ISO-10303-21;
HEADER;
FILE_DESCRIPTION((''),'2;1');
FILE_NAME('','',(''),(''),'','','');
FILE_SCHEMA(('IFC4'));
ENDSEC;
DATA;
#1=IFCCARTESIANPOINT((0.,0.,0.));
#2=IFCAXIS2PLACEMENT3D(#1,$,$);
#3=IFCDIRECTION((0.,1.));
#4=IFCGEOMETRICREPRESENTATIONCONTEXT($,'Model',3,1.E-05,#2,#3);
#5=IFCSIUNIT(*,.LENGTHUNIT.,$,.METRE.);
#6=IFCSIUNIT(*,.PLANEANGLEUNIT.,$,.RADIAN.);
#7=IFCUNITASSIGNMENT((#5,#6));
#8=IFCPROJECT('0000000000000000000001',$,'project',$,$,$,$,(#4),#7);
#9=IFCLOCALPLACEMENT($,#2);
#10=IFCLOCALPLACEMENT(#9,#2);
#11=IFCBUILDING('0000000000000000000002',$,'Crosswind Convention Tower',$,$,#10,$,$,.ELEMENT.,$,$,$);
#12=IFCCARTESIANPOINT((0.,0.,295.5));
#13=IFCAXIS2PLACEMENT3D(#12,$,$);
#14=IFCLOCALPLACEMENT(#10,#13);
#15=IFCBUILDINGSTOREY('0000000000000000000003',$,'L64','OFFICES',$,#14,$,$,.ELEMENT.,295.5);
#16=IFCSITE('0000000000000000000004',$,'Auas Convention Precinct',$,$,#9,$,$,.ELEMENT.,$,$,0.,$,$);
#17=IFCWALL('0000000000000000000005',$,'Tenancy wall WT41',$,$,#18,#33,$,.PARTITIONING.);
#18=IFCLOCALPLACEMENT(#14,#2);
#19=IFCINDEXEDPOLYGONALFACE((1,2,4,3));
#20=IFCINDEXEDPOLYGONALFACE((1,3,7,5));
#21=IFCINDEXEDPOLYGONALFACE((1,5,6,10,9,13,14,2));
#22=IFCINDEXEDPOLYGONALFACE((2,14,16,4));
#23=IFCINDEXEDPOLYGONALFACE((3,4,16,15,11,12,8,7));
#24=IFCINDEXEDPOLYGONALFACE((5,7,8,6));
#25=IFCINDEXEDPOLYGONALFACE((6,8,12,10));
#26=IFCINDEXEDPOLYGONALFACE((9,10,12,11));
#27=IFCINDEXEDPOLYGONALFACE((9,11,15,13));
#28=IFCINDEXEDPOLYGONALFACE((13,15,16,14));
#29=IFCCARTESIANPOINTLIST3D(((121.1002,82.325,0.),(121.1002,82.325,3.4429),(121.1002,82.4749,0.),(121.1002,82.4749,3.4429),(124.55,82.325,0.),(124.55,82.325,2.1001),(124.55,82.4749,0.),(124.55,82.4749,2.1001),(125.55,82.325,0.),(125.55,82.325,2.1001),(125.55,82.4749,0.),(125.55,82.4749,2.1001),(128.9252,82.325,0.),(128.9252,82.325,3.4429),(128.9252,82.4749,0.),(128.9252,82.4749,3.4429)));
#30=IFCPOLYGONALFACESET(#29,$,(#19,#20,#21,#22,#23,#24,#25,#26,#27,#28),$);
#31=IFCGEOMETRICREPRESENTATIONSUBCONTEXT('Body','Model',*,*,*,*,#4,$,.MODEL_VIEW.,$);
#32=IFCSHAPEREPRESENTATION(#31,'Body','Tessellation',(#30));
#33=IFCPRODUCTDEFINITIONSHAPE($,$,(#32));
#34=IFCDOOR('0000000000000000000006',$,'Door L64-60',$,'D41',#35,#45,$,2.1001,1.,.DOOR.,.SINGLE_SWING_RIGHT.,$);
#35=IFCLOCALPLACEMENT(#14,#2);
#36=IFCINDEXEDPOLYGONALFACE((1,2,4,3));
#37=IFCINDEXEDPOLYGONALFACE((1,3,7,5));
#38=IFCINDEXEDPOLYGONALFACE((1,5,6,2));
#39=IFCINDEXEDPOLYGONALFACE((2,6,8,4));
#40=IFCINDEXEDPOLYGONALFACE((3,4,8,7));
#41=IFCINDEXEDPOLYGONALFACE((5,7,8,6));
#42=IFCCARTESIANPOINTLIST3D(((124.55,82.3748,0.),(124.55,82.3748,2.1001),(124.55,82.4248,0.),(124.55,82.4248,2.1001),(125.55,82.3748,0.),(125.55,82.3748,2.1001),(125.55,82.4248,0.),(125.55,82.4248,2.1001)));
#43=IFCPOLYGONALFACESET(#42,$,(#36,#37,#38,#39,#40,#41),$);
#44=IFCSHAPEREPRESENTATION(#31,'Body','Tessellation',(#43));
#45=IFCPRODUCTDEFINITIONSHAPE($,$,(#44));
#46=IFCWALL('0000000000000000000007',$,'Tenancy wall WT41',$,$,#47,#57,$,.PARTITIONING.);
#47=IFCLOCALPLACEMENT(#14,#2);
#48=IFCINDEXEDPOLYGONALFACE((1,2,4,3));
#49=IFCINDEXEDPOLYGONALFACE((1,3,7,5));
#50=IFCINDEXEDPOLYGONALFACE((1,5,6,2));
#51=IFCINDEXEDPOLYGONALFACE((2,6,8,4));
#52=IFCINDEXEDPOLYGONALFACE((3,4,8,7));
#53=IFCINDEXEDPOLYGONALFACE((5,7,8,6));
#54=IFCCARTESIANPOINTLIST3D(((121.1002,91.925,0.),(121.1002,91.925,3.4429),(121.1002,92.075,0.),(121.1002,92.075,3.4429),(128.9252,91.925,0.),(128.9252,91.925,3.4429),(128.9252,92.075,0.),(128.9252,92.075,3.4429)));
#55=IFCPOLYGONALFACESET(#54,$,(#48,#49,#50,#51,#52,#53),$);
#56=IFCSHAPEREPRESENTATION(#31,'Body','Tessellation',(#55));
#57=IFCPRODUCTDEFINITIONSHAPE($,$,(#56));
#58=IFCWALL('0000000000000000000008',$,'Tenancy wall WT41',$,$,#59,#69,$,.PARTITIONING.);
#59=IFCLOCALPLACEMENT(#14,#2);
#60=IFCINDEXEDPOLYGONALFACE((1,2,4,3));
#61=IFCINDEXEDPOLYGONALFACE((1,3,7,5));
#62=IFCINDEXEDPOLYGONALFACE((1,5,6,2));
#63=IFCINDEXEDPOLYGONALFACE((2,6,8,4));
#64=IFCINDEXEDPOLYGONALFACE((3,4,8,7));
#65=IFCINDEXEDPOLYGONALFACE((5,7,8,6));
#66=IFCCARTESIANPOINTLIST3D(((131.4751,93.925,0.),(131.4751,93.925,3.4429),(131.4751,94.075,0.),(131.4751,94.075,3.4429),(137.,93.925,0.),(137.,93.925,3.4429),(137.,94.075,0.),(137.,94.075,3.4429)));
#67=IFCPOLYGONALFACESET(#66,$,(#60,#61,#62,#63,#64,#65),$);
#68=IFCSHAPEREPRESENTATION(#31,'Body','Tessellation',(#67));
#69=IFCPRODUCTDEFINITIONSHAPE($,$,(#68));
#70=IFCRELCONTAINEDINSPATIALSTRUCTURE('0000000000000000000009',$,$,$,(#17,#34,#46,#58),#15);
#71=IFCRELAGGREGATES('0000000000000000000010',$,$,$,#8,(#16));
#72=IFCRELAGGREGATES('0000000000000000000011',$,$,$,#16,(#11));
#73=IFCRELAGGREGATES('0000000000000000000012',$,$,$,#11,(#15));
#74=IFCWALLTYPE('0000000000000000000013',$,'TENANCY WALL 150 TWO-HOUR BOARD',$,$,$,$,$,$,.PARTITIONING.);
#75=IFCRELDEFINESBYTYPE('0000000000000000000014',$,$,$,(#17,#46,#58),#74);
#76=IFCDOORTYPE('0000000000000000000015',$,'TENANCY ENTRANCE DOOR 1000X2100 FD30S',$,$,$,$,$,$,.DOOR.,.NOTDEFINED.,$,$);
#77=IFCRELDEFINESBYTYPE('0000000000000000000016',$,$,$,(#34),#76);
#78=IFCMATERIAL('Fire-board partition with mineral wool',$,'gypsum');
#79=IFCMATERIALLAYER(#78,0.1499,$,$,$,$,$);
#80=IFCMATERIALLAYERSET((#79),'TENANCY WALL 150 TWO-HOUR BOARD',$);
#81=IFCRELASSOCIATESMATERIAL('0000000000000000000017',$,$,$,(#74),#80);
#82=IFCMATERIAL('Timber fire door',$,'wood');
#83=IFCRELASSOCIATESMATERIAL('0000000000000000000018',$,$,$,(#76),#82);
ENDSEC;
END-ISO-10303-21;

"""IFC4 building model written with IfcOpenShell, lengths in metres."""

from ifc_helpers import new_model, si_unit, direction, frame, frame_2d, origin, place, context, subcontext, project, spatial, rectangle, extrude, material, layer, layer_set, type_object, element, fill, save


model = new_model("IFC4")

# Units and contexts
model_context = context("Model", 3, precision=1e-05, world=origin(), true_north=direction((0.0, 1.0)))
body_context = subcontext(model_context, "Body", "Model", "MODEL_VIEW")
ifc_project = project(units=[si_unit("LENGTHUNIT", "METRE"), si_unit("PLANEANGLEUNIT", "RADIAN")], contexts=[model_context])

# Site, building, storey
site_placement = place(None, origin())
site = spatial("IfcSite", under=ifc_project, at=site_placement, Name="Auas Convention Precinct", CompositionType="ELEMENT", RefElevation=0.0)
building_placement = place(site_placement, origin())
building = spatial("IfcBuilding", under=site, at=building_placement, Name="Crosswind Convention Tower", CompositionType="ELEMENT")
storey_placement = place(building_placement, frame((0.0, 0.0, 295.5)))
storey = spatial("IfcBuildingStorey", under=building, at=storey_placement, Name="L64", Description="OFFICES", CompositionType="ELEMENT", Elevation=295.5)

# Shared definitions
ifc_material_1 = material(Name="Fire-board partition with mineral wool", Category="gypsum")
ifc_layer_1 = layer(ifc_material_1, 0.1499)
ifc_layer_set_1 = layer_set([ifc_layer_1], Name="TENANCY WALL 150 TWO-HOUR BOARD")
wall_type_1 = type_object("IfcWallType", Name="TENANCY WALL 150 TWO-HOUR BOARD", PredefinedType="PARTITIONING", material=ifc_layer_set_1)
ifc_material_2 = material(Name="Timber fire door", Category="wood")
door_type = type_object("IfcDoorType", Name="TENANCY ENTRANCE DOOR 1000X2100 FD30S", OperationType="NOTDEFINED", PredefinedType="DOOR", material=ifc_material_2)

# Wall, opening, door
wall_1_placement = place(storey_placement, frame((121.1001, 82.3999, 0.0), z_axis=(0.0, 0.0, 1.0), x_axis=(1.0, 0.0, 0.0)))
wall_1 = element("IfcWall", 1, at=wall_1_placement, inside=storey, type_object=wall_type_1, Name="Tenancy wall WT41", PredefinedType="PARTITIONING", context=body_context, shape_type="SweptSolid", body=[
    extrude(rectangle(XDim=7.825, YDim=0.1499, at=frame_2d((3.9126, 0.0))), origin(), (0.0, 0.0, 1.0), 3.4429),
])
opening_1_placement = place(wall_1_placement, frame((3.45, 0.0, 0.0)))
opening_1 = element("IfcOpeningElement", 2, at=opening_1_placement, cuts=wall_1, PredefinedType="OPENING", context=body_context, shape_type="SweptSolid", body=[
    extrude(rectangle(XDim=1.0, YDim=2.1001, at=frame_2d((0.5, 1.05))), frame((0.0, 0.085, 0.0), z_axis=(0.0, -1.0, 0.0), x_axis=(1.0, 0.0, 0.0)), (0.0, 0.0, 1.0), 0.1699),
])
door_1_placement = place(opening_1_placement, origin())
door_1 = element("IfcDoor", 3, at=door_1_placement, inside=storey, type_object=door_type, Name="Door L64-60", ObjectType="D41", OperationType="SINGLE_SWING_RIGHT", OverallHeight=2.1001, OverallWidth=1.0, PredefinedType="DOOR", context=body_context, shape_type="SweptSolid", body=[
    extrude(rectangle(XDim=1.0, YDim=2.1001, at=frame_2d((0.5, 1.05))), frame((0.0, 0.0249, 0.0), z_axis=(0.0, -1.0, 0.0), x_axis=(1.0, 0.0, 0.0)), (0.0, 0.0, 1.0), 0.05),
])
fill(opening_1, door_1)

# Walls
wall_2_placement = place(storey_placement, frame((121.1001, 92.0, 0.0), z_axis=(0.0, 0.0, 1.0), x_axis=(1.0, 0.0, 0.0)))
element("IfcWall", 4, at=wall_2_placement, inside=storey, type_object=wall_type_1, Name="Tenancy wall WT41", PredefinedType="PARTITIONING", context=body_context, shape_type="SweptSolid", body=[
    extrude(rectangle(XDim=7.825, YDim=0.1499, at=frame_2d((3.9126, 0.0))), origin(), (0.0, 0.0, 1.0), 3.4429),
])
wall_3_placement = place(storey_placement, frame((131.4751, 94.0, 0.0), z_axis=(0.0, 0.0, 1.0), x_axis=(1.0, 0.0, 0.0)))
element("IfcWall", 5, at=wall_3_placement, inside=storey, type_object=wall_type_1, Name="Tenancy wall WT41", PredefinedType="PARTITIONING", context=body_context, shape_type="SweptSolid", body=[
    extrude(rectangle(XDim=5.5249, YDim=0.1499, at=frame_2d((2.7625, 0.0))), origin(), (0.0, 0.0, 1.0), 3.4429),
])

save(model, "model.ifc")
